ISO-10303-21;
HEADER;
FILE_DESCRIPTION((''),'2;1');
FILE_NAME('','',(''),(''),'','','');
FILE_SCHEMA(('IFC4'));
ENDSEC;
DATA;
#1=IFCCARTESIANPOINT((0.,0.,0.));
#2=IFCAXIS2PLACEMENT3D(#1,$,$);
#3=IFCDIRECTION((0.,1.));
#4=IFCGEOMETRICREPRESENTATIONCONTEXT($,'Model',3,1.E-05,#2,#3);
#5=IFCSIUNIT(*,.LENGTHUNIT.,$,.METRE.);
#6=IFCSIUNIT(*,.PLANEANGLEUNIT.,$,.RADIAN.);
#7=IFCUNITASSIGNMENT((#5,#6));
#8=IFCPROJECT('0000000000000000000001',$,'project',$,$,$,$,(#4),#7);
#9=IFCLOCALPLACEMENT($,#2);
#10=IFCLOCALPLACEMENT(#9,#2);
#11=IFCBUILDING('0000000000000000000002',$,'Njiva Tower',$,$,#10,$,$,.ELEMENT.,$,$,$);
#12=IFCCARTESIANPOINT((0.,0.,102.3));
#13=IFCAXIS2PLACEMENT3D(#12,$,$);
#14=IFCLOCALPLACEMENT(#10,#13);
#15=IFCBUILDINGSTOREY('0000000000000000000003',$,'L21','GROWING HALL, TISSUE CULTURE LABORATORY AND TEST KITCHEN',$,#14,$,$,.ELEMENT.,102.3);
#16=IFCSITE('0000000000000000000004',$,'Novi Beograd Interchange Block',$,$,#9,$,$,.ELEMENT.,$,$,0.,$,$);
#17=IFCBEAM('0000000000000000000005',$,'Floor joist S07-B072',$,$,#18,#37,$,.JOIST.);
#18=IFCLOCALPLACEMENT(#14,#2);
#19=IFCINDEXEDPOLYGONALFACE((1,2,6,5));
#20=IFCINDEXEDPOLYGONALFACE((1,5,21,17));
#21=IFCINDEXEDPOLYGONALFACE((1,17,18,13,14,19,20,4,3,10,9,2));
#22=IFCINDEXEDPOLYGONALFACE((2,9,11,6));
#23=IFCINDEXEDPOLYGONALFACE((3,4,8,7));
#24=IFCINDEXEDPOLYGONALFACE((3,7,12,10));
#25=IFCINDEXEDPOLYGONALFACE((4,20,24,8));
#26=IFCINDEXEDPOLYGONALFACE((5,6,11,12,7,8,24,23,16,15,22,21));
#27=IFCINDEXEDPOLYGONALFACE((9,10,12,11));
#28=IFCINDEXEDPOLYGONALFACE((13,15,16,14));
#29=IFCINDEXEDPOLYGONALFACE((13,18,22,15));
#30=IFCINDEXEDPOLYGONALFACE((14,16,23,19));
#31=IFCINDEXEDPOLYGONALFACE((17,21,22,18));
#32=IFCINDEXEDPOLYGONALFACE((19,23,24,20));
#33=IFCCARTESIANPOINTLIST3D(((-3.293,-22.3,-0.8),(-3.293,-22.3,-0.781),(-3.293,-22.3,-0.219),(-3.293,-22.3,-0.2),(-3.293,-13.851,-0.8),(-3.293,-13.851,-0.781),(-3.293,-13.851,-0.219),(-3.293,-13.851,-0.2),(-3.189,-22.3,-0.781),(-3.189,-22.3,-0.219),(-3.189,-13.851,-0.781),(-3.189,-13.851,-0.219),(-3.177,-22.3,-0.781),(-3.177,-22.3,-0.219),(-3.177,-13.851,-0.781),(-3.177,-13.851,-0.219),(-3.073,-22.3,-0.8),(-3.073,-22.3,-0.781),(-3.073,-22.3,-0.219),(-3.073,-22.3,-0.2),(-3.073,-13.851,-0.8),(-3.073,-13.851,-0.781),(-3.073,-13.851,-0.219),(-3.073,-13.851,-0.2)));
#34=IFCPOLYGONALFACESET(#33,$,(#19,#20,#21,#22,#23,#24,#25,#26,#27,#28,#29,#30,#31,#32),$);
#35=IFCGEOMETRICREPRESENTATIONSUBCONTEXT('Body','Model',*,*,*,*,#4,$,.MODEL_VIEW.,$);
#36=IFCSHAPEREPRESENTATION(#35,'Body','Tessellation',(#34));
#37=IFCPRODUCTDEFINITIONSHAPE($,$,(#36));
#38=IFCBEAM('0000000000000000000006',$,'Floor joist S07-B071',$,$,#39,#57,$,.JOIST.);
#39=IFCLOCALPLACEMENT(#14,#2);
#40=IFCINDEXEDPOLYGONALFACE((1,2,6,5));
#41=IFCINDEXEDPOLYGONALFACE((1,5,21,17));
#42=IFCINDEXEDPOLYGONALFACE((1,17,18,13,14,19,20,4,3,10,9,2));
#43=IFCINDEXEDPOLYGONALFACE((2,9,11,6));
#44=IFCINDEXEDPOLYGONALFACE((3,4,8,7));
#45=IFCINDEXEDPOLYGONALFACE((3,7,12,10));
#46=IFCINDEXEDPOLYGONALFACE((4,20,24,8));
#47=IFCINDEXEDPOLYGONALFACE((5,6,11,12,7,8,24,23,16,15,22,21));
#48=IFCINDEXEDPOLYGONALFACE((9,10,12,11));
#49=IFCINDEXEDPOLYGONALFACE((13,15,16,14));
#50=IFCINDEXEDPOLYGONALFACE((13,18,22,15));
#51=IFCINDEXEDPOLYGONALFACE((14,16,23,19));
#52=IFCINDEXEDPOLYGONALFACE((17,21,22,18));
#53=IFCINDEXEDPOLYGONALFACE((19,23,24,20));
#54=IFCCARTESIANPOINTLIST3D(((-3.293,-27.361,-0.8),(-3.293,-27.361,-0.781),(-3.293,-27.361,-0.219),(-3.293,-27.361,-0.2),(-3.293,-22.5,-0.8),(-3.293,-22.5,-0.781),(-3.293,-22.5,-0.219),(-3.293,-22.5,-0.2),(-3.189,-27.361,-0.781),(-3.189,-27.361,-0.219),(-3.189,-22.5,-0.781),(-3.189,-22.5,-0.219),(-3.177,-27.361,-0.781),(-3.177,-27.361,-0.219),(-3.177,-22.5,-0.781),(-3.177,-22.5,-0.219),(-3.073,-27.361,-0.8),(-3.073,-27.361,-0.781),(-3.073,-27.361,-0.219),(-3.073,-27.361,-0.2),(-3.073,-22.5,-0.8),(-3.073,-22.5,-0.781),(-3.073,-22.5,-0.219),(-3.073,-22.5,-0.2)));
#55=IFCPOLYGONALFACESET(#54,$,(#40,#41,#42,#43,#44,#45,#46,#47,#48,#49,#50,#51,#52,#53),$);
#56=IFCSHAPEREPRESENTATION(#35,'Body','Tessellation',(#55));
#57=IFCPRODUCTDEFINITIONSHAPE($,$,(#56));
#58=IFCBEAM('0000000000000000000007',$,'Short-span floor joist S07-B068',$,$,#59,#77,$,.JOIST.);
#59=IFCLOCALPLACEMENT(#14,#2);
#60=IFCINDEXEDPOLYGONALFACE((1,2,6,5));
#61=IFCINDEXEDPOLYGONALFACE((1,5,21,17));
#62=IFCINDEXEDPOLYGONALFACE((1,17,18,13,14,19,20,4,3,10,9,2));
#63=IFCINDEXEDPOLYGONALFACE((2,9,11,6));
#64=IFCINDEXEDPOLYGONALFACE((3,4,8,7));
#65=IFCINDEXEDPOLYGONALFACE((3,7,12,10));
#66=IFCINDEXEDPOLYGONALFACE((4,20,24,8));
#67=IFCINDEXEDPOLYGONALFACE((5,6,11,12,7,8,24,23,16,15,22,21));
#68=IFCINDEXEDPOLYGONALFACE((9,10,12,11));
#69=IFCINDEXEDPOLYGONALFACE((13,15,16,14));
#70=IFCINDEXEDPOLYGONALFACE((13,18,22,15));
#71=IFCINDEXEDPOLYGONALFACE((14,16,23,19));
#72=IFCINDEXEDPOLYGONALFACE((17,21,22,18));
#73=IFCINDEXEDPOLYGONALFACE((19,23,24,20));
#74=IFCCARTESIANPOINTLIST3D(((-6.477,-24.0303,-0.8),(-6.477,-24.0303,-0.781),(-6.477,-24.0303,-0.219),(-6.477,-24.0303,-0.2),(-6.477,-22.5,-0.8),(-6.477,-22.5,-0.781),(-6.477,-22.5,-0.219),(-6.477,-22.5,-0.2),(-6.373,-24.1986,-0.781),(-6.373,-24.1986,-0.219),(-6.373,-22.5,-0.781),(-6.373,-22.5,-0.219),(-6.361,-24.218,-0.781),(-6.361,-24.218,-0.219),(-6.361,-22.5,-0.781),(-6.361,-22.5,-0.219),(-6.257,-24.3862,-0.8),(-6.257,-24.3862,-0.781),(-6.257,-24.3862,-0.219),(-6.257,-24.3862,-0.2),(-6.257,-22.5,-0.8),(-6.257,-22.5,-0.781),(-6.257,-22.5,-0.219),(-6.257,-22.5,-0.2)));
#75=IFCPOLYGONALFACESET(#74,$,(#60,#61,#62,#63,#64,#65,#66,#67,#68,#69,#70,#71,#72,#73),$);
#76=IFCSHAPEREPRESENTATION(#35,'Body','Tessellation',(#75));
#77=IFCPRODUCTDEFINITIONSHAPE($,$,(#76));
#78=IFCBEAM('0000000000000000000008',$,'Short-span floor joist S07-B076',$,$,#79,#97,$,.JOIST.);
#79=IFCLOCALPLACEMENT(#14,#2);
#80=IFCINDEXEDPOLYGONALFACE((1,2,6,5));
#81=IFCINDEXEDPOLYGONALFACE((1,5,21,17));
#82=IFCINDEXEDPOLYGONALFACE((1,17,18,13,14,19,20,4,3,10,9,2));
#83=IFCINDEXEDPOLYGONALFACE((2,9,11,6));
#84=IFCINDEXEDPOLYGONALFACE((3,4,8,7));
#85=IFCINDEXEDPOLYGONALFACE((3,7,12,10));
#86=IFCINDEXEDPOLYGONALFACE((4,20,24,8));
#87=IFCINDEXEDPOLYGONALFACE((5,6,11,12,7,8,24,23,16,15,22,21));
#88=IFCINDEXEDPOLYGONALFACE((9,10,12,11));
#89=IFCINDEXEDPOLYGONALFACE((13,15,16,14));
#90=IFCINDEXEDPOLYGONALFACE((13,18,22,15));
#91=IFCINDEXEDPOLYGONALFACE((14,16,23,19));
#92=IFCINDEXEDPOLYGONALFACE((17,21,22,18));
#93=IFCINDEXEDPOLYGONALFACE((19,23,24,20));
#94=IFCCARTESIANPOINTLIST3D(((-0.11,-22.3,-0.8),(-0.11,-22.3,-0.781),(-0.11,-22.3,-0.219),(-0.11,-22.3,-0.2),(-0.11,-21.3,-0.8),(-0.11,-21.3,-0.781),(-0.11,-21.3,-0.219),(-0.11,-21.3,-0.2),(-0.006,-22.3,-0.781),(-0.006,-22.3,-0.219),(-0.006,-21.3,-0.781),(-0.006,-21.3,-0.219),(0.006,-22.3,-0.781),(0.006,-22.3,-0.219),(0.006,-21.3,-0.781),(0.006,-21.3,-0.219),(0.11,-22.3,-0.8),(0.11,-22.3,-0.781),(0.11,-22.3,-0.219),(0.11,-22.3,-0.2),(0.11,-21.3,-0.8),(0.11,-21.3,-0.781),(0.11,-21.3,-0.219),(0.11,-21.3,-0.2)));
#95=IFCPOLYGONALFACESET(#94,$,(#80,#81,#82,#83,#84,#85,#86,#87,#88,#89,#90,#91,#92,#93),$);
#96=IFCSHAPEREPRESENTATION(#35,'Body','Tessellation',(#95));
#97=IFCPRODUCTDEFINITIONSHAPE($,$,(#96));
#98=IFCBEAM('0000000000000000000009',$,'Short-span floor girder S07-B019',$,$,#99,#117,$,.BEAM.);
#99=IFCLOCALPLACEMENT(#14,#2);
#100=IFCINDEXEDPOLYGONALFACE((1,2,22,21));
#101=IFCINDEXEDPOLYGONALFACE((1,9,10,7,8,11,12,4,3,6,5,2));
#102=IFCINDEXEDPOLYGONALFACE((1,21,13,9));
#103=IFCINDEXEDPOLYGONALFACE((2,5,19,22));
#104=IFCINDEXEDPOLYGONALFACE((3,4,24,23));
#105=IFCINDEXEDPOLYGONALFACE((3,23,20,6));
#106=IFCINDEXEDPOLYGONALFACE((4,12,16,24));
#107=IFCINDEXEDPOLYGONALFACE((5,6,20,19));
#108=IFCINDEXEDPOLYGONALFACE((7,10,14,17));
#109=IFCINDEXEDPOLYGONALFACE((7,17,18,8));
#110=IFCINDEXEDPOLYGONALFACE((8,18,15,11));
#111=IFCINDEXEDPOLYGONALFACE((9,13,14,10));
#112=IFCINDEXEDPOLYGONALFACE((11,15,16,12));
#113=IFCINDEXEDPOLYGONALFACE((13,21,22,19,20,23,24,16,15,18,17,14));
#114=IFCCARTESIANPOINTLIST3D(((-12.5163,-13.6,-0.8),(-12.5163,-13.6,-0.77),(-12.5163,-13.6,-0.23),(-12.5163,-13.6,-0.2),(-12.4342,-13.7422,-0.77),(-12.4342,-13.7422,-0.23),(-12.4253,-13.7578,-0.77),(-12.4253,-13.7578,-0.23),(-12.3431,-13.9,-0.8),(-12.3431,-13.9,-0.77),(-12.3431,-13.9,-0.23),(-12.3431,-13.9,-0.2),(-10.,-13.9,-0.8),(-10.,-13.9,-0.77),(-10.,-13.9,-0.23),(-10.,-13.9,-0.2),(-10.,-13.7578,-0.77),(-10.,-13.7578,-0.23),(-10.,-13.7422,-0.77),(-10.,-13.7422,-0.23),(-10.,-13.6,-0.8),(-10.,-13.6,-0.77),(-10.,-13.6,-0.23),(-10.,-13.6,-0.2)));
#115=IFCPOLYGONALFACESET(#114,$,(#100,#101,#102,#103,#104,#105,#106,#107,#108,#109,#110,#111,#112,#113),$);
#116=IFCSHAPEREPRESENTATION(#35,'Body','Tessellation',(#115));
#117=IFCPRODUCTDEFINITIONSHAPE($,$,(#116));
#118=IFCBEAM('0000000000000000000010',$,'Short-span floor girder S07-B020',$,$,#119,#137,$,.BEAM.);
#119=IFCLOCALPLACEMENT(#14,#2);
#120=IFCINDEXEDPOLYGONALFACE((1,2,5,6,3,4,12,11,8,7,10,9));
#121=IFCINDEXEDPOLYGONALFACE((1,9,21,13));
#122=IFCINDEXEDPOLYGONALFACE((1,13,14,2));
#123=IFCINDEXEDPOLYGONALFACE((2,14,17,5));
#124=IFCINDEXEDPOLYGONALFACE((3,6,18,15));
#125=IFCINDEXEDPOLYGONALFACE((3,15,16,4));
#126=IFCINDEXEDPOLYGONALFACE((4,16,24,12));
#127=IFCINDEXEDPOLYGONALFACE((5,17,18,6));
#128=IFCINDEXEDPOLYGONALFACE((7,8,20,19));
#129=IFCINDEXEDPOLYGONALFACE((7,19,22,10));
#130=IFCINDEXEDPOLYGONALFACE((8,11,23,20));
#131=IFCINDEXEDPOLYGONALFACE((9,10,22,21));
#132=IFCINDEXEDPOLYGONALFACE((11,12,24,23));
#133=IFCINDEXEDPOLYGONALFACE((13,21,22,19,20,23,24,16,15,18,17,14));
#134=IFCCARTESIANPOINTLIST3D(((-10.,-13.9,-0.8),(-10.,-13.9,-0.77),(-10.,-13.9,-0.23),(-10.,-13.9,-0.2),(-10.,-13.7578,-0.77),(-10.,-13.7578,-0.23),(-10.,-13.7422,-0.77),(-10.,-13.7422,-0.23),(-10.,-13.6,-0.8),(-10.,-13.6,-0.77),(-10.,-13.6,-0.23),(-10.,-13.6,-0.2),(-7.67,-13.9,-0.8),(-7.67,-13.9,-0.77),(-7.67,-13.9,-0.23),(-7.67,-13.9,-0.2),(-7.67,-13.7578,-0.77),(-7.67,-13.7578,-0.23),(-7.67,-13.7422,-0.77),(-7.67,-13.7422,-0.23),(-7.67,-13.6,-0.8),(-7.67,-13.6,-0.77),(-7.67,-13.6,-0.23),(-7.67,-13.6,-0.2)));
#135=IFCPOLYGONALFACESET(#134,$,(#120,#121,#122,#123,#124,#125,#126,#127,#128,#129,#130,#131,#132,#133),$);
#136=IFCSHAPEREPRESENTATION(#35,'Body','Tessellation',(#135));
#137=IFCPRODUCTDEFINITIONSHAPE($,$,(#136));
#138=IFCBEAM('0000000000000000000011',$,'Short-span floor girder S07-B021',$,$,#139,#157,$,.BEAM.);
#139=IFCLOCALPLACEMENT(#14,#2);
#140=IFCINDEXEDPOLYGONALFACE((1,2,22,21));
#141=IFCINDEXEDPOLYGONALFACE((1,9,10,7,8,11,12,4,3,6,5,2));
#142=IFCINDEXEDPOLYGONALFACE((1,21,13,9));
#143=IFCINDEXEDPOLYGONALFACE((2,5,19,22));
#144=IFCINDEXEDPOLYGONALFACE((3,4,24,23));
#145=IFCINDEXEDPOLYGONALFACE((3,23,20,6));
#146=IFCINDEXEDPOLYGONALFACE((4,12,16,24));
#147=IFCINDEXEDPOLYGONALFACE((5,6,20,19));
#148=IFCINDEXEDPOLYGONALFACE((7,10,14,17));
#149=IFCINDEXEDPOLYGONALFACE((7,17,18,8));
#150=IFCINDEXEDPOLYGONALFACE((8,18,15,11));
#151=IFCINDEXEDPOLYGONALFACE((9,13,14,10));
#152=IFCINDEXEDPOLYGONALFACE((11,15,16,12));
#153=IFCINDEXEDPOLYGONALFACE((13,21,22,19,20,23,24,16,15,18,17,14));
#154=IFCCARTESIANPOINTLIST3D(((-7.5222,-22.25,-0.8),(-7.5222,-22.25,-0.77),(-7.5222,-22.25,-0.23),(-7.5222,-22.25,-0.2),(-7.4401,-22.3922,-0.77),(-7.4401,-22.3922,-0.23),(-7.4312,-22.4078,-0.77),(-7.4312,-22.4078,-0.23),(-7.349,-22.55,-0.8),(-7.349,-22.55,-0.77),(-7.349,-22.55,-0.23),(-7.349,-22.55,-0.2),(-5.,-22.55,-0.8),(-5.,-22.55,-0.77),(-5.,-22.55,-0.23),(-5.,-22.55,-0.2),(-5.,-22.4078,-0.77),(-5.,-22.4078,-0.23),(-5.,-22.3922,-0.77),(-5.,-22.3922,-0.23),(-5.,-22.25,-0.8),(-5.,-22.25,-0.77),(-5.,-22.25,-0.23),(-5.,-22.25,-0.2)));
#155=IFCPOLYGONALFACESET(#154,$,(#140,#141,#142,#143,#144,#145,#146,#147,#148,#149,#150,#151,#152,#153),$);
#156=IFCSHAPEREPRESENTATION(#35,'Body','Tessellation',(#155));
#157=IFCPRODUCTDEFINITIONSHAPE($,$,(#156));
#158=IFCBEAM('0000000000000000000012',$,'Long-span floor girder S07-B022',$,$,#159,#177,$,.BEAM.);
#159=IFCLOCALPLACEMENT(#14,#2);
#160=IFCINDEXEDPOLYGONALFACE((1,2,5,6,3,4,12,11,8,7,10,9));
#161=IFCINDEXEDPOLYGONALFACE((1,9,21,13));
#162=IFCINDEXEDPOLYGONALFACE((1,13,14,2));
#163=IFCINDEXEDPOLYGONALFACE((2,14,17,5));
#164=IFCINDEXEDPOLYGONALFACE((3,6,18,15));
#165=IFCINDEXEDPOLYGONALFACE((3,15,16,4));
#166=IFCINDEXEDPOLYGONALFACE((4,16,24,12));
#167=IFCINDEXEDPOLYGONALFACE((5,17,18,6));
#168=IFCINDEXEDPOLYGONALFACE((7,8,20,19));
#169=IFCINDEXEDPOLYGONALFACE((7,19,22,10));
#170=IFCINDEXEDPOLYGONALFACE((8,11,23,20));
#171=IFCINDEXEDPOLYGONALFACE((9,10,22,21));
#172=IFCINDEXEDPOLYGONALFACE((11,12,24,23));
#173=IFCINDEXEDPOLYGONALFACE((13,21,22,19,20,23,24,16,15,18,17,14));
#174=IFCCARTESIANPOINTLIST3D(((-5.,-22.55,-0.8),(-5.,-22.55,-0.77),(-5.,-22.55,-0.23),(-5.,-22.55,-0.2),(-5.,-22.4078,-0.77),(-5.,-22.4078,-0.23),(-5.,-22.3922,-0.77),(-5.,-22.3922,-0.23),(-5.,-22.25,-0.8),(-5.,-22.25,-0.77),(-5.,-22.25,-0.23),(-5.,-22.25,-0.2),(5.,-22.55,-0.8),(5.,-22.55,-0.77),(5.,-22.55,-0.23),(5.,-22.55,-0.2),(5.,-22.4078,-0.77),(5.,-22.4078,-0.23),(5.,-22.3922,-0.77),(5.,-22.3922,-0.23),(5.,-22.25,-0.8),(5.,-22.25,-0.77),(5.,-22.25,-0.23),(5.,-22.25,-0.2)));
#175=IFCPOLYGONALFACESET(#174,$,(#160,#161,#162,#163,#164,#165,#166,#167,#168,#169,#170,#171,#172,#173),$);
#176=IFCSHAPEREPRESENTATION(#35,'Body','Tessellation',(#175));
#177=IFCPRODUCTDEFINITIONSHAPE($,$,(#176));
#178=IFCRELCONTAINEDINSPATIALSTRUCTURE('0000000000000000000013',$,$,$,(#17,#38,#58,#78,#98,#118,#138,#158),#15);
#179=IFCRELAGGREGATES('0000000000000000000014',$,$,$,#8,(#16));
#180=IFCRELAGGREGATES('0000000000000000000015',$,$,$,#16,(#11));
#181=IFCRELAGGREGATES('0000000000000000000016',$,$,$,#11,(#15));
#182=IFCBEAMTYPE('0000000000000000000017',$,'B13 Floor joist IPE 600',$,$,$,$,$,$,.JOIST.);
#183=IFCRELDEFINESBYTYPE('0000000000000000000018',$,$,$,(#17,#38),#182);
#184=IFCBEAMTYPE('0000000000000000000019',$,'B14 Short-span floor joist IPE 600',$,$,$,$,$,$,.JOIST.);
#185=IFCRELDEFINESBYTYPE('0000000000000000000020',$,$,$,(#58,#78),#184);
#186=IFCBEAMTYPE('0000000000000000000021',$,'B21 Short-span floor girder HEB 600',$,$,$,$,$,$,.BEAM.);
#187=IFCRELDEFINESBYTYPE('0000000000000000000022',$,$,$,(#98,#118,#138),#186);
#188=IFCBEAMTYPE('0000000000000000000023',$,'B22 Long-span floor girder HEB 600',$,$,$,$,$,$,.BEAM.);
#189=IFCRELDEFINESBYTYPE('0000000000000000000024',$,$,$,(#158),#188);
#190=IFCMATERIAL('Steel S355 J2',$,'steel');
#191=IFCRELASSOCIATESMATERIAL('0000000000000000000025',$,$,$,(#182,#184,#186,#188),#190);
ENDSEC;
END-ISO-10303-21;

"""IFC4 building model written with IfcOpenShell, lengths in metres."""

from ifc_helpers import new_model, si_unit, direction, frame, origin, origin_2d, place, context, subcontext, project, spatial, i_section, extrude, clip, halfspace, material, material_profile, profile_set, type_object, element, save


model = new_model("IFC4")

# Units and contexts
model_context = context("Model", 3, precision=1e-05, world=origin(), true_north=direction((0.0, 1.0)))
body_context = subcontext(model_context, "Body", "Model", "MODEL_VIEW")
ifc_project = project(units=[si_unit("LENGTHUNIT", "METRE"), si_unit("PLANEANGLEUNIT", "RADIAN")], contexts=[model_context])

# Site, building, storey
site_placement = place(None, origin())
site = spatial("IfcSite", under=ifc_project, at=site_placement, Name="Novi Beograd Interchange Block", CompositionType="ELEMENT", RefElevation=0.0)
building_placement = place(site_placement, origin())
building = spatial("IfcBuilding", under=site, at=building_placement, Name="Njiva Tower", CompositionType="ELEMENT")
storey_placement = place(building_placement, frame((0.0, 0.0, 102.3)))
storey = spatial("IfcBuildingStorey", under=building, at=storey_placement, Name="L21", Description="GROWING HALL, TISSUE CULTURE LABORATORY AND TEST KITCHEN", CompositionType="ELEMENT", Elevation=102.3)

# Shared definitions
ifc_material_1 = material(Name="Steel S355 J2", Category="steel")

# Beams
ifc_material_profile_1 = material_profile(ifc_material_1, i_section(OverallWidth=0.22, OverallDepth=0.6, WebThickness=0.012, FlangeThickness=0.019, at=origin_2d()), Name="IPE 600")
ifc_profile_set_1 = profile_set([ifc_material_profile_1], Name="Steel S355 J2")
beam_type_1 = type_object("IfcBeamType", Name="B13 Floor joist IPE 600", PredefinedType="JOIST", material=ifc_profile_set_1)
for number, where, z_axis, x_axis, name in (
    (1, (-3.183, -13.851, -0.5), (0.0, -1.0, 0.0), (1.0, 0.0, 0.0), "Floor joist S07-B072"),
):
    element("IfcBeam", number, at=place(storey_placement, frame(where, z_axis=z_axis, x_axis=x_axis)), inside=storey, type_object=beam_type_1, Name=name, PredefinedType="JOIST", context=body_context, shape_type="SweptSolid", body=[
        extrude(i_section(OverallWidth=0.22, OverallDepth=0.6, WebThickness=0.012, FlangeThickness=0.019, at=origin_2d()), origin(), (0.0, 0.0, 1.0), 8.449),
    ])
beam_1_placement = place(storey_placement, frame((-3.183, -22.5, -0.5), z_axis=(0.0, -1.0, 0.0), x_axis=(1.0, 0.0, 0.0)))
element("IfcBeam", 2, at=beam_1_placement, inside=storey, type_object=beam_type_1, Name="Floor joist S07-B071", PredefinedType="JOIST", context=body_context, shape_type="SweptSolid", body=[
    extrude(i_section(OverallWidth=0.22, OverallDepth=0.6, WebThickness=0.012, FlangeThickness=0.019, at=origin_2d()), origin(), (0.0, 0.0, 1.0), 4.861),
])
ifc_material_profile_2 = material_profile(ifc_material_1, i_section(OverallWidth=0.22, OverallDepth=0.6, WebThickness=0.012, FlangeThickness=0.019, at=origin_2d()), Name="IPE 600")
ifc_profile_set_2 = profile_set([ifc_material_profile_2], Name="Steel S355 J2")
beam_type_2 = type_object("IfcBeamType", Name="B14 Short-span floor joist IPE 600", PredefinedType="JOIST", material=ifc_profile_set_2)
beam_2_placement = place(storey_placement, frame((-6.367, -22.5, -0.5), z_axis=(0.0, -1.0, 0.0), x_axis=(1.0, 0.0, 0.0)))
element("IfcBeam", 3, at=beam_2_placement, inside=storey, type_object=beam_type_2, Name="Short-span floor joist S07-B068", PredefinedType="JOIST", context=body_context, shape_type="Clipping", body=[
    clip(extrude(i_section(OverallWidth=0.22, OverallDepth=0.6, WebThickness=0.012, FlangeThickness=0.019, at=origin_2d()), origin(), (0.0, 0.0, 1.0), 1.907), halfspace(frame((-0.0422, 0.0, 1.64), z_axis=(-0.85062, 0.0, 0.52578), x_axis=(0.0, 1.0, 0.0)), False)),
])
beam_3_placement = place(storey_placement, frame((0.0, -21.3, -0.5), z_axis=(0.0, -1.0, 0.0), x_axis=(1.0, 0.0, 0.0)))
element("IfcBeam", 4, at=beam_3_placement, inside=storey, type_object=beam_type_2, Name="Short-span floor joist S07-B076", PredefinedType="JOIST", context=body_context, shape_type="SweptSolid", body=[
    extrude(i_section(OverallWidth=0.22, OverallDepth=0.6, WebThickness=0.012, FlangeThickness=0.019, at=origin_2d()), origin(), (0.0, 0.0, 1.0), 1.0),
])
ifc_material_profile_3 = material_profile(ifc_material_1, i_section(OverallWidth=0.3, OverallDepth=0.6, WebThickness=0.0155, FlangeThickness=0.03, at=origin_2d()), Name="HEB 600")
ifc_profile_set_3 = profile_set([ifc_material_profile_3], Name="Steel S355 J2")
beam_type_3 = type_object("IfcBeamType", Name="B21 Short-span floor girder HEB 600", PredefinedType="BEAM", material=ifc_profile_set_3)
beam_4_placement = place(storey_placement, frame((-12.537, -13.75, -0.5), z_axis=(1.0, 0.0, 0.0), x_axis=(0.0, 1.0, 0.0)))
element("IfcBeam", 5, at=beam_4_placement, inside=storey, type_object=beam_type_3, Name="Short-span floor girder S07-B019", PredefinedType="BEAM", context=body_context, shape_type="Clipping", body=[
    clip(extrude(i_section(OverallWidth=0.3, OverallDepth=0.6, WebThickness=0.0155, FlangeThickness=0.03, at=origin_2d()), origin(), (0.0, 0.0, 1.0), 2.537), halfspace(frame((-0.025, 0.0, 0.1217), z_axis=(-0.499998, 0.0, -0.866027), x_axis=(0.0, -1.0, 0.0)), False)),
])
beam_5_placement = place(storey_placement, frame((-10.0, -13.75, -0.5), z_axis=(1.0, 0.0, 0.0), x_axis=(0.0, 1.0, 0.0)))
element("IfcBeam", 6, at=beam_5_placement, inside=storey, type_object=beam_type_3, Name="Short-span floor girder S07-B020", PredefinedType="BEAM", context=body_context, shape_type="SweptSolid", body=[
    extrude(i_section(OverallWidth=0.3, OverallDepth=0.6, WebThickness=0.0155, FlangeThickness=0.03, at=origin_2d()), origin(), (0.0, 0.0, 1.0), 2.33),
])
beam_6_placement = place(storey_placement, frame((-7.543, -22.4, -0.5), z_axis=(1.0, 0.0, 0.0), x_axis=(0.0, 1.0, 0.0)))
element("IfcBeam", 7, at=beam_6_placement, inside=storey, type_object=beam_type_3, Name="Short-span floor girder S07-B021", PredefinedType="BEAM", context=body_context, shape_type="Clipping", body=[
    clip(extrude(i_section(OverallWidth=0.3, OverallDepth=0.6, WebThickness=0.0155, FlangeThickness=0.03, at=origin_2d()), origin(), (0.0, 0.0, 1.0), 2.543), halfspace(frame((-0.025, 0.0, 0.1218), z_axis=(-0.499998, 0.0, -0.866027), x_axis=(0.0, -1.0, 0.0)), False)),
])
ifc_material_profile_4 = material_profile(ifc_material_1, i_section(OverallWidth=0.3, OverallDepth=0.6, WebThickness=0.0155, FlangeThickness=0.03, at=origin_2d()), Name="HEB 600")
ifc_profile_set_4 = profile_set([ifc_material_profile_4], Name="Steel S355 J2")
beam_type_4 = type_object("IfcBeamType", Name="B22 Long-span floor girder HEB 600", PredefinedType="BEAM", material=ifc_profile_set_4)
beam_7_placement = place(storey_placement, frame((-5.0, -22.4, -0.5), z_axis=(1.0, 0.0, 0.0), x_axis=(0.0, 1.0, 0.0)))
element("IfcBeam", 8, at=beam_7_placement, inside=storey, type_object=beam_type_4, Name="Long-span floor girder S07-B022", PredefinedType="BEAM", context=body_context, shape_type="SweptSolid", body=[
    extrude(i_section(OverallWidth=0.3, OverallDepth=0.6, WebThickness=0.0155, FlangeThickness=0.03, at=origin_2d()), origin(), (0.0, 0.0, 1.0), 10.0),
])

save(model, "model.ifc")
